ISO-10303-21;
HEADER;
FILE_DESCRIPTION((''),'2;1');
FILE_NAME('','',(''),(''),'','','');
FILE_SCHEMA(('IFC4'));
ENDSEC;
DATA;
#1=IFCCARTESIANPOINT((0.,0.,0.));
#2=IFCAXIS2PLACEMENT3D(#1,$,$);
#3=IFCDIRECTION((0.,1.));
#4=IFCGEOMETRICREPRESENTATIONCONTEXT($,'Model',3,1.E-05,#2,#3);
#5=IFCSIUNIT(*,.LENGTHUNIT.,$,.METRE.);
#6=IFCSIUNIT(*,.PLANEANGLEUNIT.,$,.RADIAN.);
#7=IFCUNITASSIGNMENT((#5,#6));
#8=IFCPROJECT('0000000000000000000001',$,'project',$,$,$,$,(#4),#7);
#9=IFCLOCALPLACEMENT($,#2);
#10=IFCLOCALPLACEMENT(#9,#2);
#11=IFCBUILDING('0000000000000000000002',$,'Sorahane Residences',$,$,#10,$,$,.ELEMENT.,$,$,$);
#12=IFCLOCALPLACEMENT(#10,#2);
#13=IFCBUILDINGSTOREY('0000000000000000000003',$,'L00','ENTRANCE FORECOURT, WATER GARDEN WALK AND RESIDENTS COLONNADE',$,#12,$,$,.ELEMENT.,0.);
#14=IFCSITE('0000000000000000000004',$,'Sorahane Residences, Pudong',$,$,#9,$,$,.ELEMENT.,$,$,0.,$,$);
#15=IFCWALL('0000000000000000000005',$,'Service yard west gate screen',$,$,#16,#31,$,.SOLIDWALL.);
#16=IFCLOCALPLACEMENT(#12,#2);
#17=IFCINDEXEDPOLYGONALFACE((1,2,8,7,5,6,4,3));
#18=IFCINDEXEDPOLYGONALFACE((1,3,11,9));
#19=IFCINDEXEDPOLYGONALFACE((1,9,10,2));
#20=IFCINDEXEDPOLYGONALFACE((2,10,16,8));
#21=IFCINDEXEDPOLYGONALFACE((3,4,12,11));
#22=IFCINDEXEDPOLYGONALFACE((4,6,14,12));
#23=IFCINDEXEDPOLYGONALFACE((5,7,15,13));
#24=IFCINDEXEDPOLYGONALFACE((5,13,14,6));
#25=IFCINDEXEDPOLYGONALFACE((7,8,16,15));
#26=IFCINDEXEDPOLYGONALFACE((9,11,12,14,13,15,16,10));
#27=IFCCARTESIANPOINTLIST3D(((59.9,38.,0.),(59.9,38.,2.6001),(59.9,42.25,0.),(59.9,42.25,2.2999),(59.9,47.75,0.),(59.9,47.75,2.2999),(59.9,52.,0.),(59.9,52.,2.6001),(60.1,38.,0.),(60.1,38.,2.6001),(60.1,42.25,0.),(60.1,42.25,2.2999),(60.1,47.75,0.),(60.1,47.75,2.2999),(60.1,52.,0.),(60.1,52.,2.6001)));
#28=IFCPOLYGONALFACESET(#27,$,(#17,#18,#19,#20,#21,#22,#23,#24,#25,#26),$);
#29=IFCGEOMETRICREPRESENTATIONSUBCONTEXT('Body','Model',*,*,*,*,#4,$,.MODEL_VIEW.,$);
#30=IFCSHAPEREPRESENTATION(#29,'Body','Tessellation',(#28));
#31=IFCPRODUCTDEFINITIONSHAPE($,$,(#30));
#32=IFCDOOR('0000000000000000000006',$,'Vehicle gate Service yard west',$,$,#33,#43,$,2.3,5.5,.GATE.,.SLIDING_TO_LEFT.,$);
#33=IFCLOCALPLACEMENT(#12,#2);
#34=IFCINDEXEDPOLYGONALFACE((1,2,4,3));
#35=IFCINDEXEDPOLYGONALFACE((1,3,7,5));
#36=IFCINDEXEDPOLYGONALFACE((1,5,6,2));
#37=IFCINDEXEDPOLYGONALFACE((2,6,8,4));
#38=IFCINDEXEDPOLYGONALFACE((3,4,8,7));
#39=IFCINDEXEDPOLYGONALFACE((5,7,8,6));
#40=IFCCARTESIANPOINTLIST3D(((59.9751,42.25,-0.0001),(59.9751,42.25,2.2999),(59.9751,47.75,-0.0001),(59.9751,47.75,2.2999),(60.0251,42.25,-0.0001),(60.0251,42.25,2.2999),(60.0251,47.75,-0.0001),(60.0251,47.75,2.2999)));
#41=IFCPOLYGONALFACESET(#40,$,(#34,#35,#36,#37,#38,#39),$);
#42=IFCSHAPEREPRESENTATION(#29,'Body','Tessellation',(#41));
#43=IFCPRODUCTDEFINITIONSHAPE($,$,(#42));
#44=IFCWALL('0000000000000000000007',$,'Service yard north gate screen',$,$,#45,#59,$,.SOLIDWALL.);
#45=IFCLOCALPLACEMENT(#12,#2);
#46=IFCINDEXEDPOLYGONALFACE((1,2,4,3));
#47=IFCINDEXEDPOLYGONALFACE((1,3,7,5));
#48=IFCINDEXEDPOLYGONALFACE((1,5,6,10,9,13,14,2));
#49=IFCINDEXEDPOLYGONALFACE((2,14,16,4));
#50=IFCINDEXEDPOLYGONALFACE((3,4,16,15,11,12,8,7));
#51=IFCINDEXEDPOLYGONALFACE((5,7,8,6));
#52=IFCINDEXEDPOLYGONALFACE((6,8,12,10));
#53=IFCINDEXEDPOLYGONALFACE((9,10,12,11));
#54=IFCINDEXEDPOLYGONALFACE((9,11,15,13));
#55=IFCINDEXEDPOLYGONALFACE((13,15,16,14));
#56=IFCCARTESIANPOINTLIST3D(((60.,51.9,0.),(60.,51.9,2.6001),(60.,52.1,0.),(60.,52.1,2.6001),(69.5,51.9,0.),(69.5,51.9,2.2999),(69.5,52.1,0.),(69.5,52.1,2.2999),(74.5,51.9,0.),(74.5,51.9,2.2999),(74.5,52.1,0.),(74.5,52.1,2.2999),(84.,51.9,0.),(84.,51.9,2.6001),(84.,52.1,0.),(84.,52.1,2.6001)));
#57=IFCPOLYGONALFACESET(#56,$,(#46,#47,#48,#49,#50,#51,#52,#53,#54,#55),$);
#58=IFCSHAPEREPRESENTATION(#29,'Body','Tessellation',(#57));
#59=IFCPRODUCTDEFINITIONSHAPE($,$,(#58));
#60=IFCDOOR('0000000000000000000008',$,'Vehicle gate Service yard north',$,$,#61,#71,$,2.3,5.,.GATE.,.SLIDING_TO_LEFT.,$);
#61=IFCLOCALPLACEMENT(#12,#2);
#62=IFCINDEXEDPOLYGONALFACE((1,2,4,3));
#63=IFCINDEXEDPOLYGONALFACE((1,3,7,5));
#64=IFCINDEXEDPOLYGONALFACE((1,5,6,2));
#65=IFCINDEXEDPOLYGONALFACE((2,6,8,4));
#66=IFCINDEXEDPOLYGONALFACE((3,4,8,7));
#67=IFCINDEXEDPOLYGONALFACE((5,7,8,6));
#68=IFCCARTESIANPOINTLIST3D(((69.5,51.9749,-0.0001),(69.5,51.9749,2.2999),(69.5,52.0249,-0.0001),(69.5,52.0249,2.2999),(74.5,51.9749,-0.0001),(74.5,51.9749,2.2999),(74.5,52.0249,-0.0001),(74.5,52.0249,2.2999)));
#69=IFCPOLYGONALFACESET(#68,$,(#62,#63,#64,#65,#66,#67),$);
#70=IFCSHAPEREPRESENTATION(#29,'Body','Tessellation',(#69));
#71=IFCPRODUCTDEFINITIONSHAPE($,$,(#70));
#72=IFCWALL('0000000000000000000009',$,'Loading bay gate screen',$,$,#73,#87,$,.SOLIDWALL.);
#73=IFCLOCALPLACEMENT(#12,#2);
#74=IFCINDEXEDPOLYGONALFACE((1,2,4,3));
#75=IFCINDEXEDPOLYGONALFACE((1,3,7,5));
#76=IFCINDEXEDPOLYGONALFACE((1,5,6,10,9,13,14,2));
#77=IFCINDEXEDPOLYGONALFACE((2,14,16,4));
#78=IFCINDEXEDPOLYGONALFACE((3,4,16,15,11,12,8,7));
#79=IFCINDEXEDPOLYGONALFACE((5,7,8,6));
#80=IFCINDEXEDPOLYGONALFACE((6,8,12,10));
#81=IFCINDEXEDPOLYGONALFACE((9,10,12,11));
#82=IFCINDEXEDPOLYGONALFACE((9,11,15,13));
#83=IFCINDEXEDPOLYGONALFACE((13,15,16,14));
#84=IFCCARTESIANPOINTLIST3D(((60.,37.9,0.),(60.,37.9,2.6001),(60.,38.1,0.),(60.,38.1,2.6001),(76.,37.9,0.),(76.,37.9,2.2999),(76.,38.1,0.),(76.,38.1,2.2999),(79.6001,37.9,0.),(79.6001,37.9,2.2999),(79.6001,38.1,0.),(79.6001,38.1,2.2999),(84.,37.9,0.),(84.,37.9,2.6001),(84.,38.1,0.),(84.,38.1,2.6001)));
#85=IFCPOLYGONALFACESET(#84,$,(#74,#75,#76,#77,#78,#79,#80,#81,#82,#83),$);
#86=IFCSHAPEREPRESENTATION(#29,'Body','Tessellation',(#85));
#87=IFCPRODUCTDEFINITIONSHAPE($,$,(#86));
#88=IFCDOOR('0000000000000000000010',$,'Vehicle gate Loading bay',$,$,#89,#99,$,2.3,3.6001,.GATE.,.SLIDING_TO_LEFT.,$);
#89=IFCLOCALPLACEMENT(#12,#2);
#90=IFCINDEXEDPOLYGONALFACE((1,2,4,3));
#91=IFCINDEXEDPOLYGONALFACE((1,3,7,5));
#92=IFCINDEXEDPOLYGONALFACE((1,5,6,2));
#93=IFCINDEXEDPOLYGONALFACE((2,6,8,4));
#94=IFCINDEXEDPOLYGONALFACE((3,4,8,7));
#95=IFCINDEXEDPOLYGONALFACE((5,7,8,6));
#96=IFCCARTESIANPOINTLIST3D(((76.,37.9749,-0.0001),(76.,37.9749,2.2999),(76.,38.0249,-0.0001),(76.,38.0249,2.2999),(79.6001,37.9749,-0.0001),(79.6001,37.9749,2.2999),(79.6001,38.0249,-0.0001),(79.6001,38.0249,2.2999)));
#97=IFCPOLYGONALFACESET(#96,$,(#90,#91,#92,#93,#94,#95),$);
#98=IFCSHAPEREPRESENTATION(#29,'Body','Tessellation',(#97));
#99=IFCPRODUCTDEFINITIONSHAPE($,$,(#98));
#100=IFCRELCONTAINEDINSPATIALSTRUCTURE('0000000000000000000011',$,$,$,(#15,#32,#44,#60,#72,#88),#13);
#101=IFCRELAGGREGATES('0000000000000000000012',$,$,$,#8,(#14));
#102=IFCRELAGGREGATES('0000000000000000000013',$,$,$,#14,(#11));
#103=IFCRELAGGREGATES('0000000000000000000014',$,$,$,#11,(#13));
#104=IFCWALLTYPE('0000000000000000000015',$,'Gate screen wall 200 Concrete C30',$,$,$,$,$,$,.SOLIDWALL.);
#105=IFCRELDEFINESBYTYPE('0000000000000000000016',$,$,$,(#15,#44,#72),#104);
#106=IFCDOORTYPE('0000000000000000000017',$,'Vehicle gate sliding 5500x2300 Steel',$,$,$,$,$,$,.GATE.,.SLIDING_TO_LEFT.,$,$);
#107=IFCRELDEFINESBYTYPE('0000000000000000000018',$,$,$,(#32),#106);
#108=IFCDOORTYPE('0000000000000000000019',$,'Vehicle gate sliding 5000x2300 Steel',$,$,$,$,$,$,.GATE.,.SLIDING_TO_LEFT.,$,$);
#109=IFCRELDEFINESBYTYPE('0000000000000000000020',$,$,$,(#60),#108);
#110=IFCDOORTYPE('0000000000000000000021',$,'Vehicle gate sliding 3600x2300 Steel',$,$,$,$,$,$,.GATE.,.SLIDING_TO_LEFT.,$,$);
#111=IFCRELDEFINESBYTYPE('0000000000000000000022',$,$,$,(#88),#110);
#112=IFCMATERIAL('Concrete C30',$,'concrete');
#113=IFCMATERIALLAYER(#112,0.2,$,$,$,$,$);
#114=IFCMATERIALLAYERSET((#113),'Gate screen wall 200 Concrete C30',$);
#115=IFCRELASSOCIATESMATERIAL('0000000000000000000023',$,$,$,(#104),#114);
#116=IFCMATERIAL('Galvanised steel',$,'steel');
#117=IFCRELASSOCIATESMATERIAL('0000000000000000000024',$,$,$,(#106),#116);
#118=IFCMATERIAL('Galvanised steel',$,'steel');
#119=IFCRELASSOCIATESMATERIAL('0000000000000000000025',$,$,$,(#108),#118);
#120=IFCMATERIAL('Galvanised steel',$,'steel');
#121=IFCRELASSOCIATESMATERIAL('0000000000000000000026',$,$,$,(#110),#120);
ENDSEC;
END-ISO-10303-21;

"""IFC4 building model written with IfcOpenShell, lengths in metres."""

from ifc_helpers import new_model, si_unit, direction, frame, frame_2d, origin, place, context, subcontext, project, spatial, rectangle, extrude, material, layer, layer_set, type_object, element, fill, save


model = new_model("IFC4")

# Units and contexts
model_context = context("Model", 3, precision=1e-05, world=origin(), true_north=direction((0.0, 1.0)))
body_context = subcontext(model_context, "Body", "Model", "MODEL_VIEW")
ifc_project = project(units=[si_unit("LENGTHUNIT", "METRE"), si_unit("PLANEANGLEUNIT", "RADIAN")], contexts=[model_context])

# Site, building, storey
site_placement = place(None, origin())
site = spatial("IfcSite", under=ifc_project, at=site_placement, Name="Sorahane Residences, Pudong", CompositionType="ELEMENT", RefElevation=0.0)
building_placement = place(site_placement, origin())
building = spatial("IfcBuilding", under=site, at=building_placement, Name="Sorahane Residences", CompositionType="ELEMENT")
storey_placement = place(building_placement, origin())
storey = spatial("IfcBuildingStorey", under=building, at=storey_placement, Name="L00", Description="ENTRANCE FORECOURT, WATER GARDEN WALK AND RESIDENTS COLONNADE", CompositionType="ELEMENT", Elevation=0.0)

# Walls, openings, doors
ifc_material_1 = material(Name="Concrete C30", Category="concrete")
ifc_layer_1 = layer(ifc_material_1, 0.2)
ifc_layer_set_1 = layer_set([ifc_layer_1], Name="Gate screen wall 200 Concrete C30")
wall_type_1 = type_object("IfcWallType", Name="Gate screen wall 200 Concrete C30", PredefinedType="SOLIDWALL", material=ifc_layer_set_1)
wall_1_placement = place(storey_placement, frame((60.0, 38.0, 0.0), z_axis=(0.0, 0.0, 1.0), x_axis=(0.0, 1.0, 0.0)))
wall_1 = element("IfcWall", 1, at=wall_1_placement, inside=storey, type_object=wall_type_1, Name="Service yard west gate screen", PredefinedType="SOLIDWALL", context=body_context, shape_type="SweptSolid", body=[
    extrude(rectangle(XDim=14.0, YDim=0.2, at=frame_2d((7.0, 0.0))), origin(), (0.0, 0.0, 1.0), 2.6001),
])
opening_1_placement = place(wall_1_placement, frame((4.25, 0.0, 0.0)))
opening_1 = element("IfcOpeningElement", 2, at=opening_1_placement, cuts=wall_1, PredefinedType="OPENING", context=body_context, shape_type="SweptSolid", body=[
    extrude(rectangle(XDim=5.5, YDim=2.3, at=frame_2d((2.75, 1.1499))), frame((0.0, 0.1099, 0.0), z_axis=(0.0, -1.0, 0.0), x_axis=(1.0, 0.0, 0.0)), (0.0, 0.0, 1.0), 0.22),
])
ifc_material_2 = material(Name="Galvanised steel", Category="steel")
door_type_1 = type_object("IfcDoorType", Name="Vehicle gate sliding 5500x2300 Steel", OperationType="SLIDING_TO_LEFT", PredefinedType="GATE", material=ifc_material_2)
door_1_placement = place(opening_1_placement, origin())
door_1 = element("IfcDoor", 3, at=door_1_placement, inside=storey, type_object=door_type_1, Name="Vehicle gate Service yard west", OperationType="SLIDING_TO_LEFT", OverallHeight=2.3, OverallWidth=5.5, PredefinedType="GATE", context=body_context, shape_type="SweptSolid", body=[
    extrude(rectangle(XDim=5.5, YDim=2.3, at=frame_2d((2.75, 1.1499))), frame((0.0, 0.0249, 0.0), z_axis=(0.0, -1.0, 0.0), x_axis=(1.0, 0.0, 0.0)), (0.0, 0.0, 1.0), 0.05),
])
fill(opening_1, door_1)
wall_2_placement = place(storey_placement, frame((60.0, 52.0, 0.0), z_axis=(0.0, 0.0, 1.0), x_axis=(1.0, 0.0, 0.0)))
wall_2 = element("IfcWall", 4, at=wall_2_placement, inside=storey, type_object=wall_type_1, Name="Service yard north gate screen", PredefinedType="SOLIDWALL", context=body_context, shape_type="SweptSolid", body=[
    extrude(rectangle(XDim=24.0, YDim=0.2, at=frame_2d((12.0, 0.0))), origin(), (0.0, 0.0, 1.0), 2.6001),
])
opening_2_placement = place(wall_2_placement, frame((9.5, 0.0, 0.0)))
opening_2 = element("IfcOpeningElement", 5, at=opening_2_placement, cuts=wall_2, PredefinedType="OPENING", context=body_context, shape_type="SweptSolid", body=[
    extrude(rectangle(XDim=5.0, YDim=2.3, at=frame_2d((2.5, 1.1499))), frame((0.0, 0.1099, 0.0), z_axis=(0.0, -1.0, 0.0), x_axis=(1.0, 0.0, 0.0)), (0.0, 0.0, 1.0), 0.22),
])
ifc_material_3 = material(Name="Galvanised steel", Category="steel")
door_type_2 = type_object("IfcDoorType", Name="Vehicle gate sliding 5000x2300 Steel", OperationType="SLIDING_TO_LEFT", PredefinedType="GATE", material=ifc_material_3)
door_2_placement = place(opening_2_placement, origin())
door_2 = element("IfcDoor", 6, at=door_2_placement, inside=storey, type_object=door_type_2, Name="Vehicle gate Service yard north", OperationType="SLIDING_TO_LEFT", OverallHeight=2.3, OverallWidth=5.0, PredefinedType="GATE", context=body_context, shape_type="SweptSolid", body=[
    extrude(rectangle(XDim=5.0, YDim=2.3, at=frame_2d((2.5, 1.1499))), frame((0.0, 0.0249, 0.0), z_axis=(0.0, -1.0, 0.0), x_axis=(1.0, 0.0, 0.0)), (0.0, 0.0, 1.0), 0.05),
])
fill(opening_2, door_2)
wall_3_placement = place(storey_placement, frame((60.0, 38.0, 0.0), z_axis=(0.0, 0.0, 1.0), x_axis=(1.0, 0.0, 0.0)))
wall_3 = element("IfcWall", 7, at=wall_3_placement, inside=storey, type_object=wall_type_1, Name="Loading bay gate screen", PredefinedType="SOLIDWALL", context=body_context, shape_type="SweptSolid", body=[
    extrude(rectangle(XDim=24.0, YDim=0.2, at=frame_2d((12.0, 0.0))), origin(), (0.0, 0.0, 1.0), 2.6001),
])
opening_3_placement = place(wall_3_placement, frame((16.0, 0.0, 0.0)))
opening_3 = element("IfcOpeningElement", 8, at=opening_3_placement, cuts=wall_3, PredefinedType="OPENING", context=body_context, shape_type="SweptSolid", body=[
    extrude(rectangle(XDim=3.6001, YDim=2.3, at=frame_2d((1.8, 1.1499))), frame((0.0, 0.1099, 0.0), z_axis=(0.0, -1.0, 0.0), x_axis=(1.0, 0.0, 0.0)), (0.0, 0.0, 1.0), 0.22),
])
ifc_material_4 = material(Name="Galvanised steel", Category="steel")
door_type_3 = type_object("IfcDoorType", Name="Vehicle gate sliding 3600x2300 Steel", OperationType="SLIDING_TO_LEFT", PredefinedType="GATE", material=ifc_material_4)
door_3_placement = place(opening_3_placement, origin())
door_3 = element("IfcDoor", 9, at=door_3_placement, inside=storey, type_object=door_type_3, Name="Vehicle gate Loading bay", OperationType="SLIDING_TO_LEFT", OverallHeight=2.3, OverallWidth=3.6001, PredefinedType="GATE", context=body_context, shape_type="SweptSolid", body=[
    extrude(rectangle(XDim=3.6001, YDim=2.3, at=frame_2d((1.8, 1.1499))), frame((0.0, 0.0249, 0.0), z_axis=(0.0, -1.0, 0.0), x_axis=(1.0, 0.0, 0.0)), (0.0, 0.0, 1.0), 0.05),
])
fill(opening_3, door_3)

save(model, "model.ifc")
